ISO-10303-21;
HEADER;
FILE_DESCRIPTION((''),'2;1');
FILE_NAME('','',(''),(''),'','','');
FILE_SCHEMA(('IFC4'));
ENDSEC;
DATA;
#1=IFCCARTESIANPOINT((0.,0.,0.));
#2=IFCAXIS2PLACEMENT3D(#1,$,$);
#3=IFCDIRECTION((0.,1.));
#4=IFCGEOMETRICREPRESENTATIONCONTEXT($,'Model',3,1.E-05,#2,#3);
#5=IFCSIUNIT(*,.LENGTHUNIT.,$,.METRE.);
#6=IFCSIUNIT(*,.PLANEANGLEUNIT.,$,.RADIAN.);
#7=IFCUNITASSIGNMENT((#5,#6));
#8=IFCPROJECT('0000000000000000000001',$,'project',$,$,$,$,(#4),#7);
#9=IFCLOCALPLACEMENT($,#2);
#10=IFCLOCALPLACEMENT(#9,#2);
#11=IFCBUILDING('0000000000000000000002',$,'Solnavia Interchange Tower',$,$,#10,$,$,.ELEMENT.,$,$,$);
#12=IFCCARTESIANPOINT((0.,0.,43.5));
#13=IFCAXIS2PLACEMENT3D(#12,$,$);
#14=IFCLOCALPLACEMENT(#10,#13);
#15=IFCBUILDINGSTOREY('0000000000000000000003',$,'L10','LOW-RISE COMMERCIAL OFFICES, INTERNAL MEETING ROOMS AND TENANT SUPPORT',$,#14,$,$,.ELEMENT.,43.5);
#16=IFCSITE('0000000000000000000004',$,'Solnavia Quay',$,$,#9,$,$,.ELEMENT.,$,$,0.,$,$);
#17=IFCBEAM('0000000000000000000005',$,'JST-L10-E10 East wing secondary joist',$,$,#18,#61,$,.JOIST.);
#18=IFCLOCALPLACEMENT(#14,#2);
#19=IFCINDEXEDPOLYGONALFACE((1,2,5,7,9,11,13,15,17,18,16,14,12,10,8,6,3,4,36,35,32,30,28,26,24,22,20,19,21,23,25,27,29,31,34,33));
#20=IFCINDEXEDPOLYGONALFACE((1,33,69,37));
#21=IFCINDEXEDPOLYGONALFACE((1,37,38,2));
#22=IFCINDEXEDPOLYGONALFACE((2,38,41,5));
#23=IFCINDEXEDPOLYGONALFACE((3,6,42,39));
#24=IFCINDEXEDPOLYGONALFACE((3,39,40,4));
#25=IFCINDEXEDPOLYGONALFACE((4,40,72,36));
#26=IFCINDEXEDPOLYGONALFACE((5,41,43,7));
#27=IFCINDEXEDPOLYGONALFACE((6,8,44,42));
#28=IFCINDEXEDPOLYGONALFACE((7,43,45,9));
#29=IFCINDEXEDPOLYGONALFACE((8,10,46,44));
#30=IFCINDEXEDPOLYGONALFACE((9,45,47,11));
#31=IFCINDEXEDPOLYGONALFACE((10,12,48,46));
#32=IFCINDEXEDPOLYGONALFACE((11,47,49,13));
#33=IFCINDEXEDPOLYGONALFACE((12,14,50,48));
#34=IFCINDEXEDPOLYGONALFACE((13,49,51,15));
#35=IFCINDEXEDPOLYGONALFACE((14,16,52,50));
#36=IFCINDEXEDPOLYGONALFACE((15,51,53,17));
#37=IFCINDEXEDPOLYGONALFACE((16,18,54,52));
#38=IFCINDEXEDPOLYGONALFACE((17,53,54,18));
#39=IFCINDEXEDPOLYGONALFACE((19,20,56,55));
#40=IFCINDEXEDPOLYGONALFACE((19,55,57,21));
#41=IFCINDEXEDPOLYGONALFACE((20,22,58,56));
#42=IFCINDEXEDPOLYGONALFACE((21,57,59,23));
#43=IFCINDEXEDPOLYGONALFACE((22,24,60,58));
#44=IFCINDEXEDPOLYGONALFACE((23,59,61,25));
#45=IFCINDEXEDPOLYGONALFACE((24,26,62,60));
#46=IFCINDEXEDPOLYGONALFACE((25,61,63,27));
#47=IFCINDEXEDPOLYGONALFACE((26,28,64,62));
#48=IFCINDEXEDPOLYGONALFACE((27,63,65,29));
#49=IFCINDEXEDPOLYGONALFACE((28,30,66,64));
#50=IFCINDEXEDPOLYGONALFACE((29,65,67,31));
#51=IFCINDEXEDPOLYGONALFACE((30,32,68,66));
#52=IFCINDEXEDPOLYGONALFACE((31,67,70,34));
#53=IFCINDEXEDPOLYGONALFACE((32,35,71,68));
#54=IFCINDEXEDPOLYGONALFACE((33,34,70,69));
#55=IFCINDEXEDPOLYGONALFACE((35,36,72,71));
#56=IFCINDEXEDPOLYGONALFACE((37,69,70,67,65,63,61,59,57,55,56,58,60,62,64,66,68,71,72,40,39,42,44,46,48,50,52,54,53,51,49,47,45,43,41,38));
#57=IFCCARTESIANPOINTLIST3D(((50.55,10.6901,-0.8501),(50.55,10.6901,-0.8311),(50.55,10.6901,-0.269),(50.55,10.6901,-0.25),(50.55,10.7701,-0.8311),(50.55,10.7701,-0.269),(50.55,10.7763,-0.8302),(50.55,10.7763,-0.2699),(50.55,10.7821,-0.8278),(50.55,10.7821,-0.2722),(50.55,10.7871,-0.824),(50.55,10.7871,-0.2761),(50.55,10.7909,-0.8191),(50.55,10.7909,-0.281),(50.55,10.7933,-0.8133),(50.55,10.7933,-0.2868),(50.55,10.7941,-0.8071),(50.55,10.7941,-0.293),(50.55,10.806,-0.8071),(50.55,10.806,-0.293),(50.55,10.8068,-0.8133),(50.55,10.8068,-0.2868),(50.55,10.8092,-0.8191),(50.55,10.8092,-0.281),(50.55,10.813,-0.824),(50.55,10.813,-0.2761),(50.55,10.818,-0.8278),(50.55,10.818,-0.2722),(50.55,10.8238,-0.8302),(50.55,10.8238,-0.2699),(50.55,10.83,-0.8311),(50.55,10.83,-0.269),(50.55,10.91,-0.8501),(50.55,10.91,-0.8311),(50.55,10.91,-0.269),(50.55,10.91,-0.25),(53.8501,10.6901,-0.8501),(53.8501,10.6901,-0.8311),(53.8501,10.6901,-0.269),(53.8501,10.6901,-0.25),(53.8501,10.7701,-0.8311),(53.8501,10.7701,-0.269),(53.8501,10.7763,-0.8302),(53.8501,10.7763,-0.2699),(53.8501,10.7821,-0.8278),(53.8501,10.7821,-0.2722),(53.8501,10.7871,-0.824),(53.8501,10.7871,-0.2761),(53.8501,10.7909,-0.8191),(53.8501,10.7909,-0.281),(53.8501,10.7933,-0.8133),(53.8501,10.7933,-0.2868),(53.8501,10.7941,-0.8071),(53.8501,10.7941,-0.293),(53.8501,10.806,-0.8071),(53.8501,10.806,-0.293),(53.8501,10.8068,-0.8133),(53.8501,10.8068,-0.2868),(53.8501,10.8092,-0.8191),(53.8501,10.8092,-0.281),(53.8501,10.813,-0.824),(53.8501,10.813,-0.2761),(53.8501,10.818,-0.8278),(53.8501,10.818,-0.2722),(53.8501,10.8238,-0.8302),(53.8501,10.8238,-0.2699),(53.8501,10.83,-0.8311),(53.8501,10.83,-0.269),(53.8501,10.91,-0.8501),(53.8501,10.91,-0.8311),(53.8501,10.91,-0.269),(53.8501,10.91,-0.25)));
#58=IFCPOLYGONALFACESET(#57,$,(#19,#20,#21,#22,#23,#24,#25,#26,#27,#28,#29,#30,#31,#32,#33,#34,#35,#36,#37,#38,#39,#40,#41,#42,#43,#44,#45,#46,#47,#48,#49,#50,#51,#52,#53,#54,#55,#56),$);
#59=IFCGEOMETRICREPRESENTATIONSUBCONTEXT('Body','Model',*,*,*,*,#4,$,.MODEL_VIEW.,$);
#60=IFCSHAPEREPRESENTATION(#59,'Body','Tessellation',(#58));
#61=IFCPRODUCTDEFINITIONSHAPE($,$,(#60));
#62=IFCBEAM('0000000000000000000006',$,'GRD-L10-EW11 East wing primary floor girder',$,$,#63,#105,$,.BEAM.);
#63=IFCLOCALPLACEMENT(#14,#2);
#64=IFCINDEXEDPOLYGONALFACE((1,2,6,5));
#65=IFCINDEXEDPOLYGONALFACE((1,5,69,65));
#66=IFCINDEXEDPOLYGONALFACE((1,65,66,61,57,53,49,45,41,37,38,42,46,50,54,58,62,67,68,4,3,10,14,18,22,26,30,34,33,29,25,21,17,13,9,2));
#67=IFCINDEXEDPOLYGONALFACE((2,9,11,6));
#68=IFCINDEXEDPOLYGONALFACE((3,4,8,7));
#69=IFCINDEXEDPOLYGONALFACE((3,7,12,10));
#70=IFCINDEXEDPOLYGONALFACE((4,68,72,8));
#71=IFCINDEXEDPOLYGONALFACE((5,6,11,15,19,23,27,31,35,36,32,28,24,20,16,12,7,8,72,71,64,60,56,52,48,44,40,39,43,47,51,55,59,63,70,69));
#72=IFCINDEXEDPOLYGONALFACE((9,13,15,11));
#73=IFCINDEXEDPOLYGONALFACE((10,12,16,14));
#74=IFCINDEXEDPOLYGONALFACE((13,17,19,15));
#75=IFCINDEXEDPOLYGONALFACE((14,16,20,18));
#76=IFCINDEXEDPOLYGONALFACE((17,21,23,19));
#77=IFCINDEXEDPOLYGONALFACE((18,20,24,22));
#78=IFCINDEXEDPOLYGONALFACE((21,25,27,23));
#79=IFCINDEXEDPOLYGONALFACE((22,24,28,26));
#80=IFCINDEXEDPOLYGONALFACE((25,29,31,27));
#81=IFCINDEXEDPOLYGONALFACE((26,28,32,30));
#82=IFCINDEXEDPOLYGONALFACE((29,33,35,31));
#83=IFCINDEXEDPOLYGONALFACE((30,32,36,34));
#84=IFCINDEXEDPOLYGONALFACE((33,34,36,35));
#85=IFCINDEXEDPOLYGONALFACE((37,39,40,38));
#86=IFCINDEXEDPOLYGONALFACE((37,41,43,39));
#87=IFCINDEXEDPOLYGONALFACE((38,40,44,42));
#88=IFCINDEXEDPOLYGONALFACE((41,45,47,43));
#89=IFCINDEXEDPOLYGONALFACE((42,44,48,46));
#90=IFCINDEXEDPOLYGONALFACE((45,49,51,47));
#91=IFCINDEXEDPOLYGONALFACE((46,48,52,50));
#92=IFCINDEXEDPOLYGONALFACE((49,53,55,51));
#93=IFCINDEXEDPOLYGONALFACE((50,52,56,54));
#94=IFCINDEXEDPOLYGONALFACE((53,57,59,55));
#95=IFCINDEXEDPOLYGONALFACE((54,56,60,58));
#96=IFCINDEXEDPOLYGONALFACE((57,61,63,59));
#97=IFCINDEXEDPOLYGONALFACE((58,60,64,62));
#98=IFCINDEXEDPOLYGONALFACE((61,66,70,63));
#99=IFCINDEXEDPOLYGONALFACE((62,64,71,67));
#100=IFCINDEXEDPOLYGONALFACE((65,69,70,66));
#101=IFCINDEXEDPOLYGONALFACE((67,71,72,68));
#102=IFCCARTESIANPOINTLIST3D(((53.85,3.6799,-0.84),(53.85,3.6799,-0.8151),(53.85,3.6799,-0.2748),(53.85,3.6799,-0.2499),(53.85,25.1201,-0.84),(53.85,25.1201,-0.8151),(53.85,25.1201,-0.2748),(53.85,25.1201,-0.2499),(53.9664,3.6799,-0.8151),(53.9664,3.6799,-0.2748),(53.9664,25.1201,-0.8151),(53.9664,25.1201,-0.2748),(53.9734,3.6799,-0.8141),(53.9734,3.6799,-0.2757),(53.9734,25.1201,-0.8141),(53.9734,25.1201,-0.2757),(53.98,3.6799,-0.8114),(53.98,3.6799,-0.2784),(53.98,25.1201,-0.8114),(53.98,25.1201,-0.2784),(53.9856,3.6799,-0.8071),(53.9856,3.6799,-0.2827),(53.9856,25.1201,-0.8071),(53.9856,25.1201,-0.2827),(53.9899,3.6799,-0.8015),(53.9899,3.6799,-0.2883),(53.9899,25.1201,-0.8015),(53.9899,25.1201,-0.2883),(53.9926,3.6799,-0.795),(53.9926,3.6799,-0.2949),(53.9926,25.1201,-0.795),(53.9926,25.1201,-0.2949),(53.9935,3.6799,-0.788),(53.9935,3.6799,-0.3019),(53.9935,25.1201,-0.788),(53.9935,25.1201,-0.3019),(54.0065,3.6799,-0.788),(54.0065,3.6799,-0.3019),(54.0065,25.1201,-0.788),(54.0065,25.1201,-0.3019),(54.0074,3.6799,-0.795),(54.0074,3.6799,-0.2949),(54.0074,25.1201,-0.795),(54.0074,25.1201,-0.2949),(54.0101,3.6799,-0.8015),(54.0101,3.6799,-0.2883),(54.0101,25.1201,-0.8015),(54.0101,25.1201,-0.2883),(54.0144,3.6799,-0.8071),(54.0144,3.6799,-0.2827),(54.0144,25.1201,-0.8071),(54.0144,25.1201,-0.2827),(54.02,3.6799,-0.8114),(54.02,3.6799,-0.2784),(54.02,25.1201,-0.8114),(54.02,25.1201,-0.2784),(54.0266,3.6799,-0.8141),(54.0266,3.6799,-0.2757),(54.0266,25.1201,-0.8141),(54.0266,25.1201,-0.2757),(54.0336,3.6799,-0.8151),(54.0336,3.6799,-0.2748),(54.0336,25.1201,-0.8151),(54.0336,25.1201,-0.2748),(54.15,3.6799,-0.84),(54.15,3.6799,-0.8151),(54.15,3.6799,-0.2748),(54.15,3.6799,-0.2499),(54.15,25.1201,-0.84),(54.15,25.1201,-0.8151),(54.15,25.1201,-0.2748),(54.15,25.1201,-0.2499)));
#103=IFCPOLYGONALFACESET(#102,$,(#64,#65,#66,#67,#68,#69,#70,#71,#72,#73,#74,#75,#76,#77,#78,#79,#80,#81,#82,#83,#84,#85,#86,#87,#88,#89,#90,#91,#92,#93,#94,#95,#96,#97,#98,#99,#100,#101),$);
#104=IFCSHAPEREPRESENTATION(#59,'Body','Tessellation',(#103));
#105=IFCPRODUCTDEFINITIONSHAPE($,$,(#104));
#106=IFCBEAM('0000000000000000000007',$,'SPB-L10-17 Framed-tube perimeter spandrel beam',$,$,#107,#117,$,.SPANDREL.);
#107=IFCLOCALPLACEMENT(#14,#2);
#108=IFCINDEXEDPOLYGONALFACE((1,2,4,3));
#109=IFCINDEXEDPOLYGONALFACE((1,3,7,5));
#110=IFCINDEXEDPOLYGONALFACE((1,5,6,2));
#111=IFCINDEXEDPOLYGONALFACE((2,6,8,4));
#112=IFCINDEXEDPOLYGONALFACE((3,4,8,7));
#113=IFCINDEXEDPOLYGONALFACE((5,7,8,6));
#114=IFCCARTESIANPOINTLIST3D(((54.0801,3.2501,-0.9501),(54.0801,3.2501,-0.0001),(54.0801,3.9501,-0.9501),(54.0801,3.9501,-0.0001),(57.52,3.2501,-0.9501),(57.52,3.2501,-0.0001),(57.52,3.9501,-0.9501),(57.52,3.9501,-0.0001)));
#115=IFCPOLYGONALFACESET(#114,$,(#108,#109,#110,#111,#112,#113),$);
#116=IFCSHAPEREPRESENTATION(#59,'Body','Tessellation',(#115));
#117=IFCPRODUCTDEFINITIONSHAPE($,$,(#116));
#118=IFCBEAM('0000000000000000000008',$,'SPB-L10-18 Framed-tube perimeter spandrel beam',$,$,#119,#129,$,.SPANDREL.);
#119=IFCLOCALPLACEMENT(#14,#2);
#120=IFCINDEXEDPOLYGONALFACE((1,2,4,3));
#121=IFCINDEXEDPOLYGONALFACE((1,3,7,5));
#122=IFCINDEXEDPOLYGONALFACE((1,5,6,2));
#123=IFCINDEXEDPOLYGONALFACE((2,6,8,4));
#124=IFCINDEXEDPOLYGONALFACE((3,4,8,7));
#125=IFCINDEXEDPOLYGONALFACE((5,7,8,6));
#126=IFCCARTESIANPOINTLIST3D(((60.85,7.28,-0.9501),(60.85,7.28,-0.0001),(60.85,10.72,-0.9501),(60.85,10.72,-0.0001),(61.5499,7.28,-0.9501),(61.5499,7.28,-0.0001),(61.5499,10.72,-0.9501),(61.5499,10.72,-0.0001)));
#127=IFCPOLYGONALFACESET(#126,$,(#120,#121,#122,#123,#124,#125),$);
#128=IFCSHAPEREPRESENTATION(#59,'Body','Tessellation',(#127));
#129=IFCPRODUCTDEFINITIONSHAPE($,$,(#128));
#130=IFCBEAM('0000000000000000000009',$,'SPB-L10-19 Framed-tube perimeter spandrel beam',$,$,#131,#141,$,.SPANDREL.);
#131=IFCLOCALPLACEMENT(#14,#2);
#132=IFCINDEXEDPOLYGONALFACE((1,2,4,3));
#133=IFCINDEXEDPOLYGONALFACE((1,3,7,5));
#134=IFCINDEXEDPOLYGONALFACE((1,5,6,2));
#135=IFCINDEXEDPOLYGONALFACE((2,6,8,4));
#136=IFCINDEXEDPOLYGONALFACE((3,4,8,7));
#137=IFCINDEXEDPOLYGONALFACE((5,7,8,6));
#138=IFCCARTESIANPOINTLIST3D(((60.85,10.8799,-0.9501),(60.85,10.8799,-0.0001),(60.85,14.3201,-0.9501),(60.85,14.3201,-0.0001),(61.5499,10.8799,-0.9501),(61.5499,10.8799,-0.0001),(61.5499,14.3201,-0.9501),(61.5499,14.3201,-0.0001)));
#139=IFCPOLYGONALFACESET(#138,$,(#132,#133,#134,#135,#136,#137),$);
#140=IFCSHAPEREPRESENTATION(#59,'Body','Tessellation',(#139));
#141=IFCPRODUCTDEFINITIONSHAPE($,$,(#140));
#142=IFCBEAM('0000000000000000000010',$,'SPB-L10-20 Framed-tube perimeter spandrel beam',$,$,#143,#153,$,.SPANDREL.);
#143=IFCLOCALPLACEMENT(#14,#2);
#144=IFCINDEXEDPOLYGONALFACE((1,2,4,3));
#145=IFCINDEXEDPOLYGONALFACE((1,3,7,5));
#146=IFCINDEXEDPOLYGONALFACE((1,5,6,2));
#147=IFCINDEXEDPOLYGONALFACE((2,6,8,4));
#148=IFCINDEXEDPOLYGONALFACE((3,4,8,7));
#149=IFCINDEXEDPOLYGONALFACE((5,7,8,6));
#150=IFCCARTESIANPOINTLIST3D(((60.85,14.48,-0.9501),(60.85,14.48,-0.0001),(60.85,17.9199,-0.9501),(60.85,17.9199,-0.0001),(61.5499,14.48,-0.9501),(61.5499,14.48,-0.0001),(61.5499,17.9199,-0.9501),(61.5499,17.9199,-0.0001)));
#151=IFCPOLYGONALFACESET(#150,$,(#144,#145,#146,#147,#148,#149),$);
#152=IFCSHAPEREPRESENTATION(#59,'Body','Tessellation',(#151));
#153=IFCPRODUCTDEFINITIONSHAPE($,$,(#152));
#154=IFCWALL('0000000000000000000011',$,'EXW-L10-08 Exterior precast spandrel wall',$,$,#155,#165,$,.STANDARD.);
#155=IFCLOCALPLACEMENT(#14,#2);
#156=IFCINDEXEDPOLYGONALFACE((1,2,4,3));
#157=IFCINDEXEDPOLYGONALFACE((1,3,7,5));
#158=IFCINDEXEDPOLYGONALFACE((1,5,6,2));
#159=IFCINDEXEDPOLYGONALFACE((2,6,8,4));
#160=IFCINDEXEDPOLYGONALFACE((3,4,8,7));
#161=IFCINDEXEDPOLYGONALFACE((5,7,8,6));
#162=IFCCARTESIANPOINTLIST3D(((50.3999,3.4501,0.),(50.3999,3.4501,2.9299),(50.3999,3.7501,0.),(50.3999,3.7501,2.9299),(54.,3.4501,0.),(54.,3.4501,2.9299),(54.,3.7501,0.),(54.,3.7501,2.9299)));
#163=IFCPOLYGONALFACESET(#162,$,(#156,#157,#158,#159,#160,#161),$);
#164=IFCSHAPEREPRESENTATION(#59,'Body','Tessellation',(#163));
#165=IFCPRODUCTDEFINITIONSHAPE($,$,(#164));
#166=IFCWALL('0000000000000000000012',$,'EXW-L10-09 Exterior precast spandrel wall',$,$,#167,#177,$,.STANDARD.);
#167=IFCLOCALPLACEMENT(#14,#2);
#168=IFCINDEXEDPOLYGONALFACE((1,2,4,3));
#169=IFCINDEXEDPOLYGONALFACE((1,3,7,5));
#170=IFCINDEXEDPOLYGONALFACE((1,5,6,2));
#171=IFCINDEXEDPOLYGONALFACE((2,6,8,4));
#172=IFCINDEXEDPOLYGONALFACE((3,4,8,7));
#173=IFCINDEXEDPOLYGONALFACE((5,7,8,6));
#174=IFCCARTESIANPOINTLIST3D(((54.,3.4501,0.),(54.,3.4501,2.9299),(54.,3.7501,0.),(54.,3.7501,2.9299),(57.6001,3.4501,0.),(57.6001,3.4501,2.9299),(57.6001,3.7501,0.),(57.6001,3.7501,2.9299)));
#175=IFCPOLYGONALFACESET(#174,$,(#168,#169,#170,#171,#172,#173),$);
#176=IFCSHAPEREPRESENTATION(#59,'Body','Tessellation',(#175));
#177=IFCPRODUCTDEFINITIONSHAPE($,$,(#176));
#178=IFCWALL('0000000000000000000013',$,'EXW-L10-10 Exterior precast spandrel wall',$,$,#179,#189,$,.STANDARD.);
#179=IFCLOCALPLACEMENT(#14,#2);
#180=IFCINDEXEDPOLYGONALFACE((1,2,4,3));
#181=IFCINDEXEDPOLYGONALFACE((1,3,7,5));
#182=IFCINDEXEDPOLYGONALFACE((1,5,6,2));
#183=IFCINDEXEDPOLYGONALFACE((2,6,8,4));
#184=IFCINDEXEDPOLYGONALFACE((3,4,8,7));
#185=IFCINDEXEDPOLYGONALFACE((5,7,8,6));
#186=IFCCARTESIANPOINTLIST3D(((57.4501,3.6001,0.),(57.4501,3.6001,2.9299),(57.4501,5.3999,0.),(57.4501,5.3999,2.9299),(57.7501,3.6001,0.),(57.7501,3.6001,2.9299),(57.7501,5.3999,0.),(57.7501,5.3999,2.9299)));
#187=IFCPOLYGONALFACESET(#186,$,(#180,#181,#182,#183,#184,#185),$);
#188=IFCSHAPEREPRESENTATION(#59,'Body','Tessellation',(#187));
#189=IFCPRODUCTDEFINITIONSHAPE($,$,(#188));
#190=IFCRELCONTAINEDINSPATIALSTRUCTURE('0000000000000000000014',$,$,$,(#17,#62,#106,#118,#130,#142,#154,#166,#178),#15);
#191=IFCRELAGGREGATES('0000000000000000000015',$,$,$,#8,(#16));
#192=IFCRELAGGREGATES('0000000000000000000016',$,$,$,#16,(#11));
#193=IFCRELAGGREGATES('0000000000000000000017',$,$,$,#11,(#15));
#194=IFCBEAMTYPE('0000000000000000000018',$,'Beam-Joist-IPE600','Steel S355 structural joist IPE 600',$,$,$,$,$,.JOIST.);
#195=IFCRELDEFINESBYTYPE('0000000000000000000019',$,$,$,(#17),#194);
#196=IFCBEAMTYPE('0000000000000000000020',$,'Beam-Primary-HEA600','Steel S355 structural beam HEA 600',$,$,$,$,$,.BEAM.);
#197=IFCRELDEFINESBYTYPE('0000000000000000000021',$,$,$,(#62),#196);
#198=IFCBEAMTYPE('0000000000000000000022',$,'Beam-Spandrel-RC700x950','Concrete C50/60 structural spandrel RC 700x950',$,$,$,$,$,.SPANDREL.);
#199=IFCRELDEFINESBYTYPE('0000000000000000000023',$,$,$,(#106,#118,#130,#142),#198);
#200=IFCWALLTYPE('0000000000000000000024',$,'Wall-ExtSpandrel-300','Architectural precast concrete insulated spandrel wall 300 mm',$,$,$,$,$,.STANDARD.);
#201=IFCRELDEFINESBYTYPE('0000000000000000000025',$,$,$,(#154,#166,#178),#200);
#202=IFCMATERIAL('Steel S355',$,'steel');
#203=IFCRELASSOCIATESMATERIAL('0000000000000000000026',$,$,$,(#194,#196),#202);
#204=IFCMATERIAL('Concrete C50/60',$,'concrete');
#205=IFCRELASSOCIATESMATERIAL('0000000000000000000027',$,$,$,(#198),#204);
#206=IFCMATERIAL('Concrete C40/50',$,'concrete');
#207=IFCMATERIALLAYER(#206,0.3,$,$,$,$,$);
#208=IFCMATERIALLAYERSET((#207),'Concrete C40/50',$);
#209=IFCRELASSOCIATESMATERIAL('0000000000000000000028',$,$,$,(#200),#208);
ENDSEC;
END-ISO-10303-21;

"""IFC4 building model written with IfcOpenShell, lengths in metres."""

from ifc_helpers import new_model, si_unit, direction, frame, frame_2d, origin, origin_2d, place, context, subcontext, project, spatial, rectangle, i_section, extrude, material, layer, layer_set, material_profile, profile_set, type_object, element, save


model = new_model("IFC4")

# Units and contexts
model_context = context("Model", 3, precision=1e-05, world=origin(), true_north=direction((0.0, 1.0)))
body_context = subcontext(model_context, "Body", "Model", "MODEL_VIEW")
ifc_project = project(units=[si_unit("LENGTHUNIT", "METRE"), si_unit("PLANEANGLEUNIT", "RADIAN")], contexts=[model_context])

# Site, building, storey
site_placement = place(None, origin())
site = spatial("IfcSite", under=ifc_project, at=site_placement, Name="Solnavia Quay", CompositionType="ELEMENT", RefElevation=0.0)
building_placement = place(site_placement, origin())
building = spatial("IfcBuilding", under=site, at=building_placement, Name="Solnavia Interchange Tower", CompositionType="ELEMENT")
storey_placement = place(building_placement, frame((0.0, 0.0, 43.5)))
storey = spatial("IfcBuildingStorey", under=building, at=storey_placement, Name="L10", Description="LOW-RISE COMMERCIAL OFFICES, INTERNAL MEETING ROOMS AND TENANT SUPPORT", CompositionType="ELEMENT", Elevation=43.5)

# Beams
ifc_material_1 = material(Name="Steel S355", Category="steel")
ifc_material_profile_1 = material_profile(ifc_material_1, i_section(OverallWidth=0.22, OverallDepth=0.6001, WebThickness=0.012, FlangeThickness=0.019, FilletRadius=0.0239, at=origin_2d()), Name="IPE 600")
ifc_profile_set_1 = profile_set([ifc_material_profile_1], Name="Steel S355")
beam_type_1 = type_object("IfcBeamType", Name="Beam-Joist-IPE600", Description="Steel S355 structural joist IPE 600", PredefinedType="JOIST", material=ifc_profile_set_1)
beam_1_placement = place(storey_placement, frame((50.55, 10.8, -0.55), z_axis=(1.0, 0.0, 0.0), x_axis=(0.0, 1.0, 0.0)))
element("IfcBeam", 1, at=beam_1_placement, inside=storey, type_object=beam_type_1, Name="JST-L10-E10 East wing secondary joist", PredefinedType="JOIST", context=body_context, shape_type="SweptSolid", body=[
    extrude(i_section(OverallWidth=0.22, OverallDepth=0.6001, WebThickness=0.012, FlangeThickness=0.019, FilletRadius=0.0239, at=origin_2d()), origin(), (0.0, 0.0, 1.0), 3.3),
])
ifc_material_profile_2 = material_profile(ifc_material_1, i_section(OverallWidth=0.3, OverallDepth=0.5901, WebThickness=0.0129, FlangeThickness=0.0249, FilletRadius=0.0271, at=origin_2d()), Name="HEA 600")
ifc_profile_set_2 = profile_set([ifc_material_profile_2], Name="Steel S355")
beam_type_2 = type_object("IfcBeamType", Name="Beam-Primary-HEA600", Description="Steel S355 structural beam HEA 600", PredefinedType="BEAM", material=ifc_profile_set_2)
beam_2_placement = place(storey_placement, frame((54.0, 3.6799, -0.5449), z_axis=(0.0, 1.0, 0.0), x_axis=(-1.0, 0.0, 0.0)))
element("IfcBeam", 2, at=beam_2_placement, inside=storey, type_object=beam_type_2, Name="GRD-L10-EW11 East wing primary floor girder", PredefinedType="BEAM", context=body_context, shape_type="SweptSolid", body=[
    extrude(i_section(OverallWidth=0.3, OverallDepth=0.5901, WebThickness=0.0129, FlangeThickness=0.0249, FilletRadius=0.0271, at=origin_2d()), origin(), (0.0, 0.0, 1.0), 21.4402),
])
ifc_material_2 = material(Name="Concrete C50/60", Category="concrete")
ifc_material_profile_3 = material_profile(ifc_material_2, rectangle(XDim=0.7, YDim=0.95, at=origin_2d()), Name="RC 700x950")
ifc_profile_set_3 = profile_set([ifc_material_profile_3], Name="Concrete C50/60")
beam_type_3 = type_object("IfcBeamType", Name="Beam-Spandrel-RC700x950", Description="Concrete C50/60 structural spandrel RC 700x950", PredefinedType="SPANDREL", material=ifc_profile_set_3)
for number, where, z_axis, x_axis, name in (
    (3, (54.0801, 3.6001, -0.4751), (1.0, 0.0, 0.0), (0.0, 1.0, 0.0), "SPB-L10-17 Framed-tube perimeter spandrel beam"),
    (4, (61.2, 7.28, -0.4751), (0.0, 1.0, 0.0), (-1.0, 0.0, 0.0), "SPB-L10-18 Framed-tube perimeter spandrel beam"),
):
    element("IfcBeam", number, at=place(storey_placement, frame(where, z_axis=z_axis, x_axis=x_axis)), inside=storey, type_object=beam_type_3, Name=name, PredefinedType="SPANDREL", context=body_context, shape_type="SweptSolid", body=[
        extrude(rectangle(XDim=0.7, YDim=0.95, at=origin_2d()), origin(), (0.0, 0.0, 1.0), 3.4399),
    ])
beam_3_placement = place(storey_placement, frame((61.2, 10.8799, -0.4751), z_axis=(0.0, 1.0, 0.0), x_axis=(-1.0, 0.0, 0.0)))
element("IfcBeam", 5, at=beam_3_placement, inside=storey, type_object=beam_type_3, Name="SPB-L10-19 Framed-tube perimeter spandrel beam", PredefinedType="SPANDREL", context=body_context, shape_type="SweptSolid", body=[
    extrude(rectangle(XDim=0.7, YDim=0.95, at=origin_2d()), origin(), (0.0, 0.0, 1.0), 3.4402),
])
beam_4_placement = place(storey_placement, frame((61.2, 14.48, -0.4751), z_axis=(0.0, 1.0, 0.0), x_axis=(-1.0, 0.0, 0.0)))
element("IfcBeam", 6, at=beam_4_placement, inside=storey, type_object=beam_type_3, Name="SPB-L10-20 Framed-tube perimeter spandrel beam", PredefinedType="SPANDREL", context=body_context, shape_type="SweptSolid", body=[
    extrude(rectangle(XDim=0.7, YDim=0.95, at=origin_2d()), origin(), (0.0, 0.0, 1.0), 3.4399),
])

# Walls
ifc_material_3 = material(Name="Concrete C40/50", Category="concrete")
ifc_layer_1 = layer(ifc_material_3, 0.3)
ifc_layer_set_1 = layer_set([ifc_layer_1], Name="Concrete C40/50")
wall_type_1 = type_object("IfcWallType", Name="Wall-ExtSpandrel-300", Description="Architectural precast concrete insulated spandrel wall 300 mm", PredefinedType="STANDARD", material=ifc_layer_set_1)
for number, where, z_axis, x_axis, name in (
    (7, (54.0, 3.6001, 0.0), (0.0, 0.0, 1.0), (-1.0, 0.0, 0.0), "EXW-L10-08 Exterior precast spandrel wall"),
    (8, (57.6001, 3.6001, 0.0), (0.0, 0.0, 1.0), (-1.0, 0.0, 0.0), "EXW-L10-09 Exterior precast spandrel wall"),
):
    element("IfcWall", number, at=place(storey_placement, frame(where, z_axis=z_axis, x_axis=x_axis)), inside=storey, type_object=wall_type_1, Name=name, PredefinedType="STANDARD", context=body_context, shape_type="SweptSolid", body=[
        extrude(rectangle(XDim=3.6001, YDim=0.3, at=frame_2d((1.8, 0.0))), origin(), (0.0, 0.0, 1.0), 2.9299),
    ])
wall_1_placement = place(storey_placement, frame((57.6001, 5.3999, 0.0), z_axis=(0.0, 0.0, 1.0), x_axis=(0.0, -1.0, 0.0)))
element("IfcWall", 9, at=wall_1_placement, inside=storey, type_object=wall_type_1, Name="EXW-L10-10 Exterior precast spandrel wall", PredefinedType="STANDARD", context=body_context, shape_type="SweptSolid", body=[
    extrude(rectangle(XDim=1.7998, YDim=0.3, at=frame_2d((0.8999, 0.0))), origin(), (0.0, 0.0, 1.0), 2.9299),
])

save(model, "model.ifc")
